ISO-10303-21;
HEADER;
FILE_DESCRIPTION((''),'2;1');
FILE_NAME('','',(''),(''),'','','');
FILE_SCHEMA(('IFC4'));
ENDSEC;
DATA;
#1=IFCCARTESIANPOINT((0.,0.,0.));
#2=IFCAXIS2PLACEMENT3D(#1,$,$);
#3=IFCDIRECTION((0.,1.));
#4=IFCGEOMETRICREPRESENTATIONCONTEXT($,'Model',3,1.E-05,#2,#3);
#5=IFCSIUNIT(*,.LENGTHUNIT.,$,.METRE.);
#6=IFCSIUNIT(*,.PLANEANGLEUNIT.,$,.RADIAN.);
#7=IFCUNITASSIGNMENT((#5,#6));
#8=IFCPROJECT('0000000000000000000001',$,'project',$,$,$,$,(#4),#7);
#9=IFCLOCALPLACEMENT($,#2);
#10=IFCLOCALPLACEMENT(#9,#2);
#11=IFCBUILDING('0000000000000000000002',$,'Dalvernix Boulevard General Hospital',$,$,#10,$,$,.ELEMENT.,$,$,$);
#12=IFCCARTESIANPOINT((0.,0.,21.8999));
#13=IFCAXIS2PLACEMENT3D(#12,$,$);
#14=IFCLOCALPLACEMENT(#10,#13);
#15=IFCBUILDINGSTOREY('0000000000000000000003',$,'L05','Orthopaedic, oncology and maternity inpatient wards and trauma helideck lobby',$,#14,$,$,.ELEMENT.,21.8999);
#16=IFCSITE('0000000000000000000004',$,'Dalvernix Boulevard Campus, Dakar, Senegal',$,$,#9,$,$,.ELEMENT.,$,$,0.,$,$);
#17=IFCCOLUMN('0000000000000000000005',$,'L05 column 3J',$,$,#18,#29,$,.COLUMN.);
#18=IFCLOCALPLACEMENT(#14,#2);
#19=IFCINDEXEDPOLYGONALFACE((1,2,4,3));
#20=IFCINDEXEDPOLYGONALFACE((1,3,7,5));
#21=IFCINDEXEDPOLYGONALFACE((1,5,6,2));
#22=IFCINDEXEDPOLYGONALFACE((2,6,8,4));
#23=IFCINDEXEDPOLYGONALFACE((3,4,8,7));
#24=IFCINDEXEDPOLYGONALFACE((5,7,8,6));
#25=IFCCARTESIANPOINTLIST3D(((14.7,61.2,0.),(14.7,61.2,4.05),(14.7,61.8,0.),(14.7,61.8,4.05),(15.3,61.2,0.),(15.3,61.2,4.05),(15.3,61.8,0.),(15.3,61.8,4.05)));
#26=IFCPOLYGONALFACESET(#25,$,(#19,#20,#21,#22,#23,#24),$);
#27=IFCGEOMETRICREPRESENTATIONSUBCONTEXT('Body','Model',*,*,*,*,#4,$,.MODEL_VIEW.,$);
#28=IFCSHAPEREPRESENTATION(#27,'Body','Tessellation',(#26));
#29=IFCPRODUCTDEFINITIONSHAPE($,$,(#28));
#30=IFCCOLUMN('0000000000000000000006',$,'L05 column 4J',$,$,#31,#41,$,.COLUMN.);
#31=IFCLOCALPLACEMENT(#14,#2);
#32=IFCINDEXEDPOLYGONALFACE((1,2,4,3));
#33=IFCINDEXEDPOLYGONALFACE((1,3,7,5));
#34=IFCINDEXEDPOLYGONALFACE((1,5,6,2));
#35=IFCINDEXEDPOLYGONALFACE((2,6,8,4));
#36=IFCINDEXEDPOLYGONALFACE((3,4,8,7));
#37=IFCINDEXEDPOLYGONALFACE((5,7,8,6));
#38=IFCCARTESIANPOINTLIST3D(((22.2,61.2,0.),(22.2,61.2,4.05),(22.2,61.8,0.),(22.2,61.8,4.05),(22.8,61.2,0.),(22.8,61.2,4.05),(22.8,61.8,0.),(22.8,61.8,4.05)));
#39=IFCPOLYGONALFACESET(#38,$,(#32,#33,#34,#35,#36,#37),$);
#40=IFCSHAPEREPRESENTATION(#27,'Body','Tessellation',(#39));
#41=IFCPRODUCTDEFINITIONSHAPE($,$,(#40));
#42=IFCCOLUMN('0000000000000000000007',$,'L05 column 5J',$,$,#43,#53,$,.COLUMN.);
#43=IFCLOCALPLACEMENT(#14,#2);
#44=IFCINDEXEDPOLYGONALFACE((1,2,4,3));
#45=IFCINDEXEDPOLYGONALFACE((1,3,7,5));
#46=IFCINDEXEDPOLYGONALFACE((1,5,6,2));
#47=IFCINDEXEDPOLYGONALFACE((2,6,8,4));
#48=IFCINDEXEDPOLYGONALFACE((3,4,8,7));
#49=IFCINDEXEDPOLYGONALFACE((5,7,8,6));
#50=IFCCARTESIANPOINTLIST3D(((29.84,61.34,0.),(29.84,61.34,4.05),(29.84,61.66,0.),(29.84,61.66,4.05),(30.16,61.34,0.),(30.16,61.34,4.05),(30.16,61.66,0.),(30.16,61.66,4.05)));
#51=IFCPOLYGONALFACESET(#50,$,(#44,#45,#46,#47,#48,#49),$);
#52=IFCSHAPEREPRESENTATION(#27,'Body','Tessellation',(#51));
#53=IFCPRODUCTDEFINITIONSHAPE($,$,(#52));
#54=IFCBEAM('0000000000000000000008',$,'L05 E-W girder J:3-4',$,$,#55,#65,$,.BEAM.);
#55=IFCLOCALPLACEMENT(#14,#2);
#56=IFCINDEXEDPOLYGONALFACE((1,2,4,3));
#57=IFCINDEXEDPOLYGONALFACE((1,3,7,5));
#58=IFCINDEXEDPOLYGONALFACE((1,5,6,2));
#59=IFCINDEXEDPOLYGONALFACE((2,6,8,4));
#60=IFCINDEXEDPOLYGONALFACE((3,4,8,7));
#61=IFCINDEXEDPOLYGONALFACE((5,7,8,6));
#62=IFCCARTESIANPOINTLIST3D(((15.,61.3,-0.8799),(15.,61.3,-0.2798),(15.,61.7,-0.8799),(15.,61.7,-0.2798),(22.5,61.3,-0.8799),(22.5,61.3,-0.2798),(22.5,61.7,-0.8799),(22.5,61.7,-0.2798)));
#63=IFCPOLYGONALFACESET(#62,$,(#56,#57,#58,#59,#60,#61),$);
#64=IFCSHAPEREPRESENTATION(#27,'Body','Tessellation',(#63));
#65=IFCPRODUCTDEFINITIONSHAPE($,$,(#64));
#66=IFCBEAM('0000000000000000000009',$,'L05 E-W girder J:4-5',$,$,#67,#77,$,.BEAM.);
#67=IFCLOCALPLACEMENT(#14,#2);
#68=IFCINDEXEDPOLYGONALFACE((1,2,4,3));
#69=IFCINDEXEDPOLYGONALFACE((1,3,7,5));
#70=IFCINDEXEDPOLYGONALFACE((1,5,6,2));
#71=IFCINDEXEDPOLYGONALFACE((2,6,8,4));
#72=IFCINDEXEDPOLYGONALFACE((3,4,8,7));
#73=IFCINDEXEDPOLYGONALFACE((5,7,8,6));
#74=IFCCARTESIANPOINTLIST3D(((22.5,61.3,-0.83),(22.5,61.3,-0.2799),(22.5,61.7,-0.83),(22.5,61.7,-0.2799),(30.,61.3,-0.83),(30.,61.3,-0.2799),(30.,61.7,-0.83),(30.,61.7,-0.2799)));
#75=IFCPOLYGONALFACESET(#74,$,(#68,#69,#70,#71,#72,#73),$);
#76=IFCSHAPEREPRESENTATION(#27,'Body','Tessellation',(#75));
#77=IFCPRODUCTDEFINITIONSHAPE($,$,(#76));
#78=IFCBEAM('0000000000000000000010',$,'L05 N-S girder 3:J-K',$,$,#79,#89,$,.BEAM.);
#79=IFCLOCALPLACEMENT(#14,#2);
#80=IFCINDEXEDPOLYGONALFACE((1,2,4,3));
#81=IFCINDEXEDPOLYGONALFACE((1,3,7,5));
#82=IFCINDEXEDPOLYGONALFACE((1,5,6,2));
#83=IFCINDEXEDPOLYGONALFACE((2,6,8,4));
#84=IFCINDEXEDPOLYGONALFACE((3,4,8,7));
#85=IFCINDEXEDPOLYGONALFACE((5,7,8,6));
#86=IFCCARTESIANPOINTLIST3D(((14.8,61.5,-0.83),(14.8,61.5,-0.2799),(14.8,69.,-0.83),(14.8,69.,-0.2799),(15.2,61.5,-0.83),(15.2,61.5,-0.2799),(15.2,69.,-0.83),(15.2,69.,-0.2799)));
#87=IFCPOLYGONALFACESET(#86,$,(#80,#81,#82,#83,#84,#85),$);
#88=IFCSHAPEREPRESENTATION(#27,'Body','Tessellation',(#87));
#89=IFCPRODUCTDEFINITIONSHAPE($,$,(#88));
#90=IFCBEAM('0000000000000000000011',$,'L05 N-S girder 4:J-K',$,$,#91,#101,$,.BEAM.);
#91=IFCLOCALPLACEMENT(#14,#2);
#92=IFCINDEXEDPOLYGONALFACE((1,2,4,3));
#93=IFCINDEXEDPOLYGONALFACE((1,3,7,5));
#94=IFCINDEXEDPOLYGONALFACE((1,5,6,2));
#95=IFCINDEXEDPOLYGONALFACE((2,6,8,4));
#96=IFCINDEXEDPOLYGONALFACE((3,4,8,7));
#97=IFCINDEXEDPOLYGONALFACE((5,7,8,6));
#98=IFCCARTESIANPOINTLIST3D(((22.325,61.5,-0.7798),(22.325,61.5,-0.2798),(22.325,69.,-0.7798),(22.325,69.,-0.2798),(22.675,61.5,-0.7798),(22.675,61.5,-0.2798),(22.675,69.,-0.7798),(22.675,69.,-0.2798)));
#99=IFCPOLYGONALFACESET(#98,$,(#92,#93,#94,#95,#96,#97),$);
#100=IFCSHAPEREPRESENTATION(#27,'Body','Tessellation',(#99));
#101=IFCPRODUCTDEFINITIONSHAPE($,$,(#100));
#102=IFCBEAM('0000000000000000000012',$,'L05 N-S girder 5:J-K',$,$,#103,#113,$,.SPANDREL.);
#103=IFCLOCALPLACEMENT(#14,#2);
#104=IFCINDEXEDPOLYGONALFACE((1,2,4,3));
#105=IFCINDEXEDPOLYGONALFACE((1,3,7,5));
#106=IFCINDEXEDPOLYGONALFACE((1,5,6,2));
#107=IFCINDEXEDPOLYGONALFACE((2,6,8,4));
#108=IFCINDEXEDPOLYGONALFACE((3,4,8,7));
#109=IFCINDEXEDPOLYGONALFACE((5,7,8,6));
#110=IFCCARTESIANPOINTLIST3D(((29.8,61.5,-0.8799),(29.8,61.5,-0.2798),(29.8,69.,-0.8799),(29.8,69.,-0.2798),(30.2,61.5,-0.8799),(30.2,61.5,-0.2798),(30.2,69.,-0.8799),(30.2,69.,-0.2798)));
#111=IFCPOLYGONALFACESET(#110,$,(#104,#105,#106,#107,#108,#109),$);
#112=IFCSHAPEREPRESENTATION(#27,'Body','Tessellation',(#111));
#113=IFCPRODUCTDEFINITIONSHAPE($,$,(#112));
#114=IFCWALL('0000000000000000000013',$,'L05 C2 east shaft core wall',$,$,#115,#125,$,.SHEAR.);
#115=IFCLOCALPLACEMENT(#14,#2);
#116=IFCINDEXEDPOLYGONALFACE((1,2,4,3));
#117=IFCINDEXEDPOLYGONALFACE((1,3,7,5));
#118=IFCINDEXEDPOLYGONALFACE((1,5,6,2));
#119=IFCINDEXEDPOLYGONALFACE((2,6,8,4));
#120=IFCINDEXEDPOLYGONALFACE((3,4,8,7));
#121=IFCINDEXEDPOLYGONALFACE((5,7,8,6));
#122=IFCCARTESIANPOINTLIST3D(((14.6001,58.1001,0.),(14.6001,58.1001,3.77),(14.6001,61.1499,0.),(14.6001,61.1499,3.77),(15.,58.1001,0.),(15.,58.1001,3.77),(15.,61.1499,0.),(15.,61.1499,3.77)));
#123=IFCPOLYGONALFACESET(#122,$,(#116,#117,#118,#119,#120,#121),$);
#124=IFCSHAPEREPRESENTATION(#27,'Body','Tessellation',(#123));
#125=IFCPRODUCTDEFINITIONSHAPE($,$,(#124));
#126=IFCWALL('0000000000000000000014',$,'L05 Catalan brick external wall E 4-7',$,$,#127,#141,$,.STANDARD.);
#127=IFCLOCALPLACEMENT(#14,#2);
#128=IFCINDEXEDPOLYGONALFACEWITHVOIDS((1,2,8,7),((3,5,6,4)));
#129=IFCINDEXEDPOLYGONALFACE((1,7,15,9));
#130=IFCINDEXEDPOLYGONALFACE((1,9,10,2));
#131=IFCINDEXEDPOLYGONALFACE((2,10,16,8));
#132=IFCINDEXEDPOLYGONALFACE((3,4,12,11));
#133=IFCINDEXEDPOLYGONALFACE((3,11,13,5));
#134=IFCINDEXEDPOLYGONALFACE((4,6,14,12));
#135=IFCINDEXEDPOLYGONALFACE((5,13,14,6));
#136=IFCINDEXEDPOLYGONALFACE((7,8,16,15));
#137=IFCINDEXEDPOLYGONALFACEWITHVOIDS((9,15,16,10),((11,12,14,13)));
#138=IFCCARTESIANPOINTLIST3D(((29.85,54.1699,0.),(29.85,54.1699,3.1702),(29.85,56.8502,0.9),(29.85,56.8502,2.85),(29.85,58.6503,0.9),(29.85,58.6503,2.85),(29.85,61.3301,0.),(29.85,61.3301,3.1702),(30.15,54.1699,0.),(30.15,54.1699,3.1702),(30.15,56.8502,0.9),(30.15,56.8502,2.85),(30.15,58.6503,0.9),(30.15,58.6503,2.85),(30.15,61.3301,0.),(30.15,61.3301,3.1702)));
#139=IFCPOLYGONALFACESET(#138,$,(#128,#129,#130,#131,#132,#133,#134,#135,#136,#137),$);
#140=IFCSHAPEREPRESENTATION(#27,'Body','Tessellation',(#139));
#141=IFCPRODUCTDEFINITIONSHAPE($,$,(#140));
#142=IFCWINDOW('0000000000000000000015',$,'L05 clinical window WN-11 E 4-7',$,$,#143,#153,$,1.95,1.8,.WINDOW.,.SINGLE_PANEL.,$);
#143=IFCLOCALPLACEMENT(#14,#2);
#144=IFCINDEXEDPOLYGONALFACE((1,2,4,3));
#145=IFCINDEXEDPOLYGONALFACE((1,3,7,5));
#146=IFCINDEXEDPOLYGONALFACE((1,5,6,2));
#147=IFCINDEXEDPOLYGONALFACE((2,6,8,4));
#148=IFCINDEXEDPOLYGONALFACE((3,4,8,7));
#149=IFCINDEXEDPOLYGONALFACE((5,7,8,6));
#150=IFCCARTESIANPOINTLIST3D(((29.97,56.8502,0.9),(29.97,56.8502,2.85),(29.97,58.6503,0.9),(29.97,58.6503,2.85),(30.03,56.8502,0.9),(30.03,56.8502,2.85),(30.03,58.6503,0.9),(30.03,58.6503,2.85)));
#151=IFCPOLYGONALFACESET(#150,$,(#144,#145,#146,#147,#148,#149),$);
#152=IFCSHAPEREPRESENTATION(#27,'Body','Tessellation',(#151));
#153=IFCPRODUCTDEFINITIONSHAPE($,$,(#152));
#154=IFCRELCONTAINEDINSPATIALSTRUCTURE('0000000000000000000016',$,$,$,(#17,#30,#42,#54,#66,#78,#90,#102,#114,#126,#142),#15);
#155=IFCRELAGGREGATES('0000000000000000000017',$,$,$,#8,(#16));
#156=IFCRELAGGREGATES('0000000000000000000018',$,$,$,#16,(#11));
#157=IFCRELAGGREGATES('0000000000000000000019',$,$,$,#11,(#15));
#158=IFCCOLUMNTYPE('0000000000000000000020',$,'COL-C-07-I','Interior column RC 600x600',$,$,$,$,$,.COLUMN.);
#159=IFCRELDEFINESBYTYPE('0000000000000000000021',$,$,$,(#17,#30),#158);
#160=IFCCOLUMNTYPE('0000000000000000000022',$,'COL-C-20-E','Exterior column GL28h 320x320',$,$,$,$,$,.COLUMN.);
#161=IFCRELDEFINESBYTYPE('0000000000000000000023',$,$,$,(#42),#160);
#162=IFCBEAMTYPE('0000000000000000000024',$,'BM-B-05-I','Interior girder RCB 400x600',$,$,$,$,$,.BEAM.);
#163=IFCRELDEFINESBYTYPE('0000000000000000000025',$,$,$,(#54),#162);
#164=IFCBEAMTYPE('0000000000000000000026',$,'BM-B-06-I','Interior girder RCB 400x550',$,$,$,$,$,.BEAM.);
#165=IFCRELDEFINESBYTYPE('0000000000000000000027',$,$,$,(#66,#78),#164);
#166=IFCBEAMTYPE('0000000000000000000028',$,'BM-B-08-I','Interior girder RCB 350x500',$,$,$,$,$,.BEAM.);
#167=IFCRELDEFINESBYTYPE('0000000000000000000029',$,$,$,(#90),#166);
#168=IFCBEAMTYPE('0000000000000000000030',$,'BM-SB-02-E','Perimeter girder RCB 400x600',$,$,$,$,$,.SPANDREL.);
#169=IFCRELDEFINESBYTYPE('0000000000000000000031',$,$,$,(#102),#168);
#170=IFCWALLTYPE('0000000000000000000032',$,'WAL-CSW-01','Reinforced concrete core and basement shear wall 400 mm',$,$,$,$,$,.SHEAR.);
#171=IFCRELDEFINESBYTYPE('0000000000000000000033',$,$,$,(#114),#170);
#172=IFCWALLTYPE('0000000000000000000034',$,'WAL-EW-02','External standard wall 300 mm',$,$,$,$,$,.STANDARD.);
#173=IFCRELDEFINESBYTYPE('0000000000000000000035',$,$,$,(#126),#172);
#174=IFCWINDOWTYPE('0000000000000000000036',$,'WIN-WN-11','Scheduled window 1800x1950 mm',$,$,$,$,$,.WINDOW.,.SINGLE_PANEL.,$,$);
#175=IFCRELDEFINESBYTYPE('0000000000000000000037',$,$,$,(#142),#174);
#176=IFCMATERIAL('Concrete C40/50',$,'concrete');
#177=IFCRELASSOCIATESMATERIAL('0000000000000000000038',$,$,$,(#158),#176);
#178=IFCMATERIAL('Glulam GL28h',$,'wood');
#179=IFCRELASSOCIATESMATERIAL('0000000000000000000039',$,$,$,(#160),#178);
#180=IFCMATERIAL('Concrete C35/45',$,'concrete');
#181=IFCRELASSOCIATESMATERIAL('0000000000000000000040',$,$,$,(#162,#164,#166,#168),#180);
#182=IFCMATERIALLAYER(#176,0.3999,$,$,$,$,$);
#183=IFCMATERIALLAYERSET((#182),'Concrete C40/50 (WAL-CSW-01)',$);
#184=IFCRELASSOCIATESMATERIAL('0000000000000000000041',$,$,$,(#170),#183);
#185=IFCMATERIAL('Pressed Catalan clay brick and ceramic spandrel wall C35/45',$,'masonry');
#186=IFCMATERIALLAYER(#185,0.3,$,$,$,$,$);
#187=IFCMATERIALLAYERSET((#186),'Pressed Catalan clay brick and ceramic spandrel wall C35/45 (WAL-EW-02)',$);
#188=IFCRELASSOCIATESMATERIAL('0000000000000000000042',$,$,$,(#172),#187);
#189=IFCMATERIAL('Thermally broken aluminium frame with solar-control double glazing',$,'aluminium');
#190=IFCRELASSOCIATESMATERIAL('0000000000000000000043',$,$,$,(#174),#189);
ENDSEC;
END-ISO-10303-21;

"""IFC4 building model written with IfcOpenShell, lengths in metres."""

from ifc_helpers import new_model, si_unit, direction, frame, frame_2d, origin, origin_2d, place, context, subcontext, project, spatial, rectangle, extrude, material, layer, layer_set, material_profile, profile_set, type_object, element, fill, save


model = new_model("IFC4")

# Units and contexts
model_context = context("Model", 3, precision=1e-05, world=origin(), true_north=direction((0.0, 1.0)))
body_context = subcontext(model_context, "Body", "Model", "MODEL_VIEW")
ifc_project = project(units=[si_unit("LENGTHUNIT", "METRE"), si_unit("PLANEANGLEUNIT", "RADIAN")], contexts=[model_context])

# Site, building, storey
site_placement = place(None, origin())
site = spatial("IfcSite", under=ifc_project, at=site_placement, Name="Dalvernix Boulevard Campus, Dakar, Senegal", CompositionType="ELEMENT", RefElevation=0.0)
building_placement = place(site_placement, origin())
building = spatial("IfcBuilding", under=site, at=building_placement, Name="Dalvernix Boulevard General Hospital", CompositionType="ELEMENT")
storey_placement = place(building_placement, frame((0.0, 0.0, 21.8999)))
storey = spatial("IfcBuildingStorey", under=building, at=storey_placement, Name="L05", Description="Orthopaedic, oncology and maternity inpatient wards and trauma helideck lobby", CompositionType="ELEMENT", Elevation=21.8999)

# Columns
ifc_material_1 = material(Name="Concrete C40/50", Category="concrete")
ifc_material_profile_1 = material_profile(ifc_material_1, rectangle(XDim=0.6001, YDim=0.6001, at=origin_2d()), Name="RC 600x600")
ifc_profile_set_1 = profile_set([ifc_material_profile_1], Name="Concrete C40/50")
column_type_1 = type_object("IfcColumnType", Name="COL-C-07-I", Description="Interior column RC 600x600", PredefinedType="COLUMN", material=ifc_profile_set_1)
for number, where, z_axis, x_axis, name in (
    (1, (15.0, 61.5, 0.0), (0.0, 0.0, 1.0), (1.0, 0.0, 0.0), "L05 column 3J"),
    (2, (22.5, 61.5, 0.0), (0.0, 0.0, 1.0), (1.0, 0.0, 0.0), "L05 column 4J"),
):
    element("IfcColumn", number, at=place(storey_placement, frame(where, z_axis=z_axis, x_axis=x_axis)), inside=storey, type_object=column_type_1, Name=name, PredefinedType="COLUMN", context=body_context, shape_type="SweptSolid", body=[
        extrude(rectangle(XDim=0.6001, YDim=0.6001, at=origin_2d()), origin(), (0.0, 0.0, 1.0), 4.05),
    ])
ifc_material_2 = material(Name="Glulam GL28h", Category="wood")
ifc_material_profile_2 = material_profile(ifc_material_2, rectangle(XDim=0.3201, YDim=0.3201, at=origin_2d()), Name="GL28h 320x320")
ifc_profile_set_2 = profile_set([ifc_material_profile_2], Name="Glulam GL28h")
column_type_2 = type_object("IfcColumnType", Name="COL-C-20-E", Description="Exterior column GL28h 320x320", PredefinedType="COLUMN", material=ifc_profile_set_2)
column_placement = place(storey_placement, frame((30.0, 61.5, 0.0), z_axis=(0.0, 0.0, 1.0), x_axis=(1.0, 0.0, 0.0)))
element("IfcColumn", 3, at=column_placement, inside=storey, type_object=column_type_2, Name="L05 column 5J", PredefinedType="COLUMN", context=body_context, shape_type="SweptSolid", body=[
    extrude(rectangle(XDim=0.3201, YDim=0.3201, at=origin_2d()), origin(), (0.0, 0.0, 1.0), 4.05),
])

# Beams
ifc_material_3 = material(Name="Concrete C35/45", Category="concrete")
ifc_material_profile_3 = material_profile(ifc_material_3, rectangle(XDim=0.3999, YDim=0.6001, at=origin_2d()), Name="RCB 400x600")
ifc_profile_set_3 = profile_set([ifc_material_profile_3], Name="Concrete C35/45")
beam_type_1 = type_object("IfcBeamType", Name="BM-B-05-I", Description="Interior girder RCB 400x600", PredefinedType="BEAM", material=ifc_profile_set_3)
beam_1_placement = place(storey_placement, frame((15.0, 61.5, -0.5798), z_axis=(1.0, 0.0, 0.0), x_axis=(0.0, 1.0, 0.0)))
element("IfcBeam", 4, at=beam_1_placement, inside=storey, type_object=beam_type_1, Name="L05 E-W girder J:3-4", PredefinedType="BEAM", context=body_context, shape_type="SweptSolid", body=[
    extrude(rectangle(XDim=0.3999, YDim=0.6001, at=origin_2d()), origin(), (0.0, 0.0, 1.0), 7.5),
])
ifc_material_profile_4 = material_profile(ifc_material_3, rectangle(XDim=0.3999, YDim=0.55, at=origin_2d()), Name="RCB 400x550")
ifc_profile_set_4 = profile_set([ifc_material_profile_4], Name="Concrete C35/45")
beam_type_2 = type_object("IfcBeamType", Name="BM-B-06-I", Description="Interior girder RCB 400x550", PredefinedType="BEAM", material=ifc_profile_set_4)
for number, where, z_axis, x_axis, name in (
    (5, (22.5, 61.5, -0.5549), (1.0, 0.0, 0.0), (0.0, 1.0, 0.0), "L05 E-W girder J:4-5"),
    (6, (15.0, 61.5, -0.5549), (0.0, 1.0, 0.0), (-1.0, 0.0, 0.0), "L05 N-S girder 3:J-K"),
):
    element("IfcBeam", number, at=place(storey_placement, frame(where, z_axis=z_axis, x_axis=x_axis)), inside=storey, type_object=beam_type_2, Name=name, PredefinedType="BEAM", context=body_context, shape_type="SweptSolid", body=[
        extrude(rectangle(XDim=0.3999, YDim=0.55, at=origin_2d()), origin(), (0.0, 0.0, 1.0), 7.5),
    ])
ifc_material_profile_5 = material_profile(ifc_material_3, rectangle(XDim=0.3501, YDim=0.5, at=origin_2d()), Name="RCB 350x500")
ifc_profile_set_5 = profile_set([ifc_material_profile_5], Name="Concrete C35/45")
beam_type_3 = type_object("IfcBeamType", Name="BM-B-08-I", Description="Interior girder RCB 350x500", PredefinedType="BEAM", material=ifc_profile_set_5)
beam_2_placement = place(storey_placement, frame((22.5, 61.5, -0.5298), z_axis=(0.0, 1.0, 0.0), x_axis=(-1.0, 0.0, 0.0)))
element("IfcBeam", 7, at=beam_2_placement, inside=storey, type_object=beam_type_3, Name="L05 N-S girder 4:J-K", PredefinedType="BEAM", context=body_context, shape_type="SweptSolid", body=[
    extrude(rectangle(XDim=0.3501, YDim=0.5, at=origin_2d()), origin(), (0.0, 0.0, 1.0), 7.5),
])
ifc_material_profile_6 = material_profile(ifc_material_3, rectangle(XDim=0.3999, YDim=0.6001, at=origin_2d()), Name="RCB 400x600")
ifc_profile_set_6 = profile_set([ifc_material_profile_6], Name="Concrete C35/45")
beam_type_4 = type_object("IfcBeamType", Name="BM-SB-02-E", Description="Perimeter girder RCB 400x600", PredefinedType="SPANDREL", material=ifc_profile_set_6)
beam_3_placement = place(storey_placement, frame((30.0, 61.5, -0.5798), z_axis=(0.0, 1.0, 0.0), x_axis=(-1.0, 0.0, 0.0)))
element("IfcBeam", 8, at=beam_3_placement, inside=storey, type_object=beam_type_4, Name="L05 N-S girder 5:J-K", PredefinedType="SPANDREL", context=body_context, shape_type="SweptSolid", body=[
    extrude(rectangle(XDim=0.3999, YDim=0.6001, at=origin_2d()), origin(), (0.0, 0.0, 1.0), 7.5),
])

# Wall
ifc_layer_1 = layer(ifc_material_1, 0.3999)
ifc_layer_set_1 = layer_set([ifc_layer_1], Name="Concrete C40/50 (WAL-CSW-01)")
wall_type_1 = type_object("IfcWallType", Name="WAL-CSW-01", Description="Reinforced concrete core and basement shear wall 400 mm", PredefinedType="SHEAR", material=ifc_layer_set_1)
wall_1_placement = place(storey_placement, frame((14.8, 58.1001, 0.0), z_axis=(0.0, 0.0, 1.0), x_axis=(0.0, 1.0, 0.0)))
element("IfcWall", 9, at=wall_1_placement, inside=storey, type_object=wall_type_1, Name="L05 C2 east shaft core wall", PredefinedType="SHEAR", context=body_context, shape_type="SweptSolid", body=[
    extrude(rectangle(XDim=3.0498, YDim=0.3999, at=frame_2d((1.5249, 0.0))), origin(), (0.0, 0.0, 1.0), 3.77),
])

# Wall, opening, window
ifc_material_4 = material(Name="Pressed Catalan clay brick and ceramic spandrel wall C35/45", Category="masonry")
ifc_layer_2 = layer(ifc_material_4, 0.3)
ifc_layer_set_2 = layer_set([ifc_layer_2], Name="Pressed Catalan clay brick and ceramic spandrel wall C35/45 (WAL-EW-02)")
wall_type_2 = type_object("IfcWallType", Name="WAL-EW-02", Description="External standard wall 300 mm", PredefinedType="STANDARD", material=ifc_layer_set_2)
wall_2_placement = place(storey_placement, frame((30.0, 61.3301, 0.0), z_axis=(0.0, 0.0, 1.0), x_axis=(0.0, -1.0, 0.0)))
wall_2 = element("IfcWall", 10, at=wall_2_placement, inside=storey, type_object=wall_type_2, Name="L05 Catalan brick external wall E 4-7", PredefinedType="STANDARD", context=body_context, shape_type="SweptSolid", body=[
    extrude(rectangle(XDim=7.1602, YDim=0.3, at=frame_2d((3.5801, 0.0))), origin(), (0.0, 0.0, 1.0), 3.1702),
])
opening_1_placement = place(wall_2_placement, frame((2.6799, 0.0, 0.8999)))
opening_1 = element("IfcOpeningElement", 11, at=opening_1_placement, cuts=wall_2, PredefinedType="OPENING", context=body_context, shape_type="SweptSolid", body=[
    extrude(rectangle(XDim=1.8, YDim=1.95, at=frame_2d((0.8999, 0.9751))), frame((0.0, 0.1599, 0.0), z_axis=(0.0, -1.0, 0.0), x_axis=(1.0, 0.0, 0.0)), (0.0, 0.0, 1.0), 0.3201),
])
ifc_material_5 = material(Name="Thermally broken aluminium frame with solar-control double glazing", Category="aluminium")
window_type = type_object("IfcWindowType", Name="WIN-WN-11", Description="Scheduled window 1800x1950 mm", PartitioningType="SINGLE_PANEL", PredefinedType="WINDOW", material=ifc_material_5)
window_placement = place(opening_1_placement, origin())
window = element("IfcWindow", 12, at=window_placement, inside=storey, type_object=window_type, Name="L05 clinical window WN-11 E 4-7", OverallHeight=1.95, OverallWidth=1.8, PartitioningType="SINGLE_PANEL", PredefinedType="WINDOW", context=body_context, shape_type="SweptSolid", body=[
    extrude(rectangle(XDim=1.8, YDim=1.95, at=frame_2d((0.8999, 0.9751))), frame((0.0, 0.03, 0.0), z_axis=(0.0, -1.0, 0.0), x_axis=(1.0, 0.0, 0.0)), (0.0, 0.0, 1.0), 0.0601),
])
fill(opening_1, window)

save(model, "model.ifc")
